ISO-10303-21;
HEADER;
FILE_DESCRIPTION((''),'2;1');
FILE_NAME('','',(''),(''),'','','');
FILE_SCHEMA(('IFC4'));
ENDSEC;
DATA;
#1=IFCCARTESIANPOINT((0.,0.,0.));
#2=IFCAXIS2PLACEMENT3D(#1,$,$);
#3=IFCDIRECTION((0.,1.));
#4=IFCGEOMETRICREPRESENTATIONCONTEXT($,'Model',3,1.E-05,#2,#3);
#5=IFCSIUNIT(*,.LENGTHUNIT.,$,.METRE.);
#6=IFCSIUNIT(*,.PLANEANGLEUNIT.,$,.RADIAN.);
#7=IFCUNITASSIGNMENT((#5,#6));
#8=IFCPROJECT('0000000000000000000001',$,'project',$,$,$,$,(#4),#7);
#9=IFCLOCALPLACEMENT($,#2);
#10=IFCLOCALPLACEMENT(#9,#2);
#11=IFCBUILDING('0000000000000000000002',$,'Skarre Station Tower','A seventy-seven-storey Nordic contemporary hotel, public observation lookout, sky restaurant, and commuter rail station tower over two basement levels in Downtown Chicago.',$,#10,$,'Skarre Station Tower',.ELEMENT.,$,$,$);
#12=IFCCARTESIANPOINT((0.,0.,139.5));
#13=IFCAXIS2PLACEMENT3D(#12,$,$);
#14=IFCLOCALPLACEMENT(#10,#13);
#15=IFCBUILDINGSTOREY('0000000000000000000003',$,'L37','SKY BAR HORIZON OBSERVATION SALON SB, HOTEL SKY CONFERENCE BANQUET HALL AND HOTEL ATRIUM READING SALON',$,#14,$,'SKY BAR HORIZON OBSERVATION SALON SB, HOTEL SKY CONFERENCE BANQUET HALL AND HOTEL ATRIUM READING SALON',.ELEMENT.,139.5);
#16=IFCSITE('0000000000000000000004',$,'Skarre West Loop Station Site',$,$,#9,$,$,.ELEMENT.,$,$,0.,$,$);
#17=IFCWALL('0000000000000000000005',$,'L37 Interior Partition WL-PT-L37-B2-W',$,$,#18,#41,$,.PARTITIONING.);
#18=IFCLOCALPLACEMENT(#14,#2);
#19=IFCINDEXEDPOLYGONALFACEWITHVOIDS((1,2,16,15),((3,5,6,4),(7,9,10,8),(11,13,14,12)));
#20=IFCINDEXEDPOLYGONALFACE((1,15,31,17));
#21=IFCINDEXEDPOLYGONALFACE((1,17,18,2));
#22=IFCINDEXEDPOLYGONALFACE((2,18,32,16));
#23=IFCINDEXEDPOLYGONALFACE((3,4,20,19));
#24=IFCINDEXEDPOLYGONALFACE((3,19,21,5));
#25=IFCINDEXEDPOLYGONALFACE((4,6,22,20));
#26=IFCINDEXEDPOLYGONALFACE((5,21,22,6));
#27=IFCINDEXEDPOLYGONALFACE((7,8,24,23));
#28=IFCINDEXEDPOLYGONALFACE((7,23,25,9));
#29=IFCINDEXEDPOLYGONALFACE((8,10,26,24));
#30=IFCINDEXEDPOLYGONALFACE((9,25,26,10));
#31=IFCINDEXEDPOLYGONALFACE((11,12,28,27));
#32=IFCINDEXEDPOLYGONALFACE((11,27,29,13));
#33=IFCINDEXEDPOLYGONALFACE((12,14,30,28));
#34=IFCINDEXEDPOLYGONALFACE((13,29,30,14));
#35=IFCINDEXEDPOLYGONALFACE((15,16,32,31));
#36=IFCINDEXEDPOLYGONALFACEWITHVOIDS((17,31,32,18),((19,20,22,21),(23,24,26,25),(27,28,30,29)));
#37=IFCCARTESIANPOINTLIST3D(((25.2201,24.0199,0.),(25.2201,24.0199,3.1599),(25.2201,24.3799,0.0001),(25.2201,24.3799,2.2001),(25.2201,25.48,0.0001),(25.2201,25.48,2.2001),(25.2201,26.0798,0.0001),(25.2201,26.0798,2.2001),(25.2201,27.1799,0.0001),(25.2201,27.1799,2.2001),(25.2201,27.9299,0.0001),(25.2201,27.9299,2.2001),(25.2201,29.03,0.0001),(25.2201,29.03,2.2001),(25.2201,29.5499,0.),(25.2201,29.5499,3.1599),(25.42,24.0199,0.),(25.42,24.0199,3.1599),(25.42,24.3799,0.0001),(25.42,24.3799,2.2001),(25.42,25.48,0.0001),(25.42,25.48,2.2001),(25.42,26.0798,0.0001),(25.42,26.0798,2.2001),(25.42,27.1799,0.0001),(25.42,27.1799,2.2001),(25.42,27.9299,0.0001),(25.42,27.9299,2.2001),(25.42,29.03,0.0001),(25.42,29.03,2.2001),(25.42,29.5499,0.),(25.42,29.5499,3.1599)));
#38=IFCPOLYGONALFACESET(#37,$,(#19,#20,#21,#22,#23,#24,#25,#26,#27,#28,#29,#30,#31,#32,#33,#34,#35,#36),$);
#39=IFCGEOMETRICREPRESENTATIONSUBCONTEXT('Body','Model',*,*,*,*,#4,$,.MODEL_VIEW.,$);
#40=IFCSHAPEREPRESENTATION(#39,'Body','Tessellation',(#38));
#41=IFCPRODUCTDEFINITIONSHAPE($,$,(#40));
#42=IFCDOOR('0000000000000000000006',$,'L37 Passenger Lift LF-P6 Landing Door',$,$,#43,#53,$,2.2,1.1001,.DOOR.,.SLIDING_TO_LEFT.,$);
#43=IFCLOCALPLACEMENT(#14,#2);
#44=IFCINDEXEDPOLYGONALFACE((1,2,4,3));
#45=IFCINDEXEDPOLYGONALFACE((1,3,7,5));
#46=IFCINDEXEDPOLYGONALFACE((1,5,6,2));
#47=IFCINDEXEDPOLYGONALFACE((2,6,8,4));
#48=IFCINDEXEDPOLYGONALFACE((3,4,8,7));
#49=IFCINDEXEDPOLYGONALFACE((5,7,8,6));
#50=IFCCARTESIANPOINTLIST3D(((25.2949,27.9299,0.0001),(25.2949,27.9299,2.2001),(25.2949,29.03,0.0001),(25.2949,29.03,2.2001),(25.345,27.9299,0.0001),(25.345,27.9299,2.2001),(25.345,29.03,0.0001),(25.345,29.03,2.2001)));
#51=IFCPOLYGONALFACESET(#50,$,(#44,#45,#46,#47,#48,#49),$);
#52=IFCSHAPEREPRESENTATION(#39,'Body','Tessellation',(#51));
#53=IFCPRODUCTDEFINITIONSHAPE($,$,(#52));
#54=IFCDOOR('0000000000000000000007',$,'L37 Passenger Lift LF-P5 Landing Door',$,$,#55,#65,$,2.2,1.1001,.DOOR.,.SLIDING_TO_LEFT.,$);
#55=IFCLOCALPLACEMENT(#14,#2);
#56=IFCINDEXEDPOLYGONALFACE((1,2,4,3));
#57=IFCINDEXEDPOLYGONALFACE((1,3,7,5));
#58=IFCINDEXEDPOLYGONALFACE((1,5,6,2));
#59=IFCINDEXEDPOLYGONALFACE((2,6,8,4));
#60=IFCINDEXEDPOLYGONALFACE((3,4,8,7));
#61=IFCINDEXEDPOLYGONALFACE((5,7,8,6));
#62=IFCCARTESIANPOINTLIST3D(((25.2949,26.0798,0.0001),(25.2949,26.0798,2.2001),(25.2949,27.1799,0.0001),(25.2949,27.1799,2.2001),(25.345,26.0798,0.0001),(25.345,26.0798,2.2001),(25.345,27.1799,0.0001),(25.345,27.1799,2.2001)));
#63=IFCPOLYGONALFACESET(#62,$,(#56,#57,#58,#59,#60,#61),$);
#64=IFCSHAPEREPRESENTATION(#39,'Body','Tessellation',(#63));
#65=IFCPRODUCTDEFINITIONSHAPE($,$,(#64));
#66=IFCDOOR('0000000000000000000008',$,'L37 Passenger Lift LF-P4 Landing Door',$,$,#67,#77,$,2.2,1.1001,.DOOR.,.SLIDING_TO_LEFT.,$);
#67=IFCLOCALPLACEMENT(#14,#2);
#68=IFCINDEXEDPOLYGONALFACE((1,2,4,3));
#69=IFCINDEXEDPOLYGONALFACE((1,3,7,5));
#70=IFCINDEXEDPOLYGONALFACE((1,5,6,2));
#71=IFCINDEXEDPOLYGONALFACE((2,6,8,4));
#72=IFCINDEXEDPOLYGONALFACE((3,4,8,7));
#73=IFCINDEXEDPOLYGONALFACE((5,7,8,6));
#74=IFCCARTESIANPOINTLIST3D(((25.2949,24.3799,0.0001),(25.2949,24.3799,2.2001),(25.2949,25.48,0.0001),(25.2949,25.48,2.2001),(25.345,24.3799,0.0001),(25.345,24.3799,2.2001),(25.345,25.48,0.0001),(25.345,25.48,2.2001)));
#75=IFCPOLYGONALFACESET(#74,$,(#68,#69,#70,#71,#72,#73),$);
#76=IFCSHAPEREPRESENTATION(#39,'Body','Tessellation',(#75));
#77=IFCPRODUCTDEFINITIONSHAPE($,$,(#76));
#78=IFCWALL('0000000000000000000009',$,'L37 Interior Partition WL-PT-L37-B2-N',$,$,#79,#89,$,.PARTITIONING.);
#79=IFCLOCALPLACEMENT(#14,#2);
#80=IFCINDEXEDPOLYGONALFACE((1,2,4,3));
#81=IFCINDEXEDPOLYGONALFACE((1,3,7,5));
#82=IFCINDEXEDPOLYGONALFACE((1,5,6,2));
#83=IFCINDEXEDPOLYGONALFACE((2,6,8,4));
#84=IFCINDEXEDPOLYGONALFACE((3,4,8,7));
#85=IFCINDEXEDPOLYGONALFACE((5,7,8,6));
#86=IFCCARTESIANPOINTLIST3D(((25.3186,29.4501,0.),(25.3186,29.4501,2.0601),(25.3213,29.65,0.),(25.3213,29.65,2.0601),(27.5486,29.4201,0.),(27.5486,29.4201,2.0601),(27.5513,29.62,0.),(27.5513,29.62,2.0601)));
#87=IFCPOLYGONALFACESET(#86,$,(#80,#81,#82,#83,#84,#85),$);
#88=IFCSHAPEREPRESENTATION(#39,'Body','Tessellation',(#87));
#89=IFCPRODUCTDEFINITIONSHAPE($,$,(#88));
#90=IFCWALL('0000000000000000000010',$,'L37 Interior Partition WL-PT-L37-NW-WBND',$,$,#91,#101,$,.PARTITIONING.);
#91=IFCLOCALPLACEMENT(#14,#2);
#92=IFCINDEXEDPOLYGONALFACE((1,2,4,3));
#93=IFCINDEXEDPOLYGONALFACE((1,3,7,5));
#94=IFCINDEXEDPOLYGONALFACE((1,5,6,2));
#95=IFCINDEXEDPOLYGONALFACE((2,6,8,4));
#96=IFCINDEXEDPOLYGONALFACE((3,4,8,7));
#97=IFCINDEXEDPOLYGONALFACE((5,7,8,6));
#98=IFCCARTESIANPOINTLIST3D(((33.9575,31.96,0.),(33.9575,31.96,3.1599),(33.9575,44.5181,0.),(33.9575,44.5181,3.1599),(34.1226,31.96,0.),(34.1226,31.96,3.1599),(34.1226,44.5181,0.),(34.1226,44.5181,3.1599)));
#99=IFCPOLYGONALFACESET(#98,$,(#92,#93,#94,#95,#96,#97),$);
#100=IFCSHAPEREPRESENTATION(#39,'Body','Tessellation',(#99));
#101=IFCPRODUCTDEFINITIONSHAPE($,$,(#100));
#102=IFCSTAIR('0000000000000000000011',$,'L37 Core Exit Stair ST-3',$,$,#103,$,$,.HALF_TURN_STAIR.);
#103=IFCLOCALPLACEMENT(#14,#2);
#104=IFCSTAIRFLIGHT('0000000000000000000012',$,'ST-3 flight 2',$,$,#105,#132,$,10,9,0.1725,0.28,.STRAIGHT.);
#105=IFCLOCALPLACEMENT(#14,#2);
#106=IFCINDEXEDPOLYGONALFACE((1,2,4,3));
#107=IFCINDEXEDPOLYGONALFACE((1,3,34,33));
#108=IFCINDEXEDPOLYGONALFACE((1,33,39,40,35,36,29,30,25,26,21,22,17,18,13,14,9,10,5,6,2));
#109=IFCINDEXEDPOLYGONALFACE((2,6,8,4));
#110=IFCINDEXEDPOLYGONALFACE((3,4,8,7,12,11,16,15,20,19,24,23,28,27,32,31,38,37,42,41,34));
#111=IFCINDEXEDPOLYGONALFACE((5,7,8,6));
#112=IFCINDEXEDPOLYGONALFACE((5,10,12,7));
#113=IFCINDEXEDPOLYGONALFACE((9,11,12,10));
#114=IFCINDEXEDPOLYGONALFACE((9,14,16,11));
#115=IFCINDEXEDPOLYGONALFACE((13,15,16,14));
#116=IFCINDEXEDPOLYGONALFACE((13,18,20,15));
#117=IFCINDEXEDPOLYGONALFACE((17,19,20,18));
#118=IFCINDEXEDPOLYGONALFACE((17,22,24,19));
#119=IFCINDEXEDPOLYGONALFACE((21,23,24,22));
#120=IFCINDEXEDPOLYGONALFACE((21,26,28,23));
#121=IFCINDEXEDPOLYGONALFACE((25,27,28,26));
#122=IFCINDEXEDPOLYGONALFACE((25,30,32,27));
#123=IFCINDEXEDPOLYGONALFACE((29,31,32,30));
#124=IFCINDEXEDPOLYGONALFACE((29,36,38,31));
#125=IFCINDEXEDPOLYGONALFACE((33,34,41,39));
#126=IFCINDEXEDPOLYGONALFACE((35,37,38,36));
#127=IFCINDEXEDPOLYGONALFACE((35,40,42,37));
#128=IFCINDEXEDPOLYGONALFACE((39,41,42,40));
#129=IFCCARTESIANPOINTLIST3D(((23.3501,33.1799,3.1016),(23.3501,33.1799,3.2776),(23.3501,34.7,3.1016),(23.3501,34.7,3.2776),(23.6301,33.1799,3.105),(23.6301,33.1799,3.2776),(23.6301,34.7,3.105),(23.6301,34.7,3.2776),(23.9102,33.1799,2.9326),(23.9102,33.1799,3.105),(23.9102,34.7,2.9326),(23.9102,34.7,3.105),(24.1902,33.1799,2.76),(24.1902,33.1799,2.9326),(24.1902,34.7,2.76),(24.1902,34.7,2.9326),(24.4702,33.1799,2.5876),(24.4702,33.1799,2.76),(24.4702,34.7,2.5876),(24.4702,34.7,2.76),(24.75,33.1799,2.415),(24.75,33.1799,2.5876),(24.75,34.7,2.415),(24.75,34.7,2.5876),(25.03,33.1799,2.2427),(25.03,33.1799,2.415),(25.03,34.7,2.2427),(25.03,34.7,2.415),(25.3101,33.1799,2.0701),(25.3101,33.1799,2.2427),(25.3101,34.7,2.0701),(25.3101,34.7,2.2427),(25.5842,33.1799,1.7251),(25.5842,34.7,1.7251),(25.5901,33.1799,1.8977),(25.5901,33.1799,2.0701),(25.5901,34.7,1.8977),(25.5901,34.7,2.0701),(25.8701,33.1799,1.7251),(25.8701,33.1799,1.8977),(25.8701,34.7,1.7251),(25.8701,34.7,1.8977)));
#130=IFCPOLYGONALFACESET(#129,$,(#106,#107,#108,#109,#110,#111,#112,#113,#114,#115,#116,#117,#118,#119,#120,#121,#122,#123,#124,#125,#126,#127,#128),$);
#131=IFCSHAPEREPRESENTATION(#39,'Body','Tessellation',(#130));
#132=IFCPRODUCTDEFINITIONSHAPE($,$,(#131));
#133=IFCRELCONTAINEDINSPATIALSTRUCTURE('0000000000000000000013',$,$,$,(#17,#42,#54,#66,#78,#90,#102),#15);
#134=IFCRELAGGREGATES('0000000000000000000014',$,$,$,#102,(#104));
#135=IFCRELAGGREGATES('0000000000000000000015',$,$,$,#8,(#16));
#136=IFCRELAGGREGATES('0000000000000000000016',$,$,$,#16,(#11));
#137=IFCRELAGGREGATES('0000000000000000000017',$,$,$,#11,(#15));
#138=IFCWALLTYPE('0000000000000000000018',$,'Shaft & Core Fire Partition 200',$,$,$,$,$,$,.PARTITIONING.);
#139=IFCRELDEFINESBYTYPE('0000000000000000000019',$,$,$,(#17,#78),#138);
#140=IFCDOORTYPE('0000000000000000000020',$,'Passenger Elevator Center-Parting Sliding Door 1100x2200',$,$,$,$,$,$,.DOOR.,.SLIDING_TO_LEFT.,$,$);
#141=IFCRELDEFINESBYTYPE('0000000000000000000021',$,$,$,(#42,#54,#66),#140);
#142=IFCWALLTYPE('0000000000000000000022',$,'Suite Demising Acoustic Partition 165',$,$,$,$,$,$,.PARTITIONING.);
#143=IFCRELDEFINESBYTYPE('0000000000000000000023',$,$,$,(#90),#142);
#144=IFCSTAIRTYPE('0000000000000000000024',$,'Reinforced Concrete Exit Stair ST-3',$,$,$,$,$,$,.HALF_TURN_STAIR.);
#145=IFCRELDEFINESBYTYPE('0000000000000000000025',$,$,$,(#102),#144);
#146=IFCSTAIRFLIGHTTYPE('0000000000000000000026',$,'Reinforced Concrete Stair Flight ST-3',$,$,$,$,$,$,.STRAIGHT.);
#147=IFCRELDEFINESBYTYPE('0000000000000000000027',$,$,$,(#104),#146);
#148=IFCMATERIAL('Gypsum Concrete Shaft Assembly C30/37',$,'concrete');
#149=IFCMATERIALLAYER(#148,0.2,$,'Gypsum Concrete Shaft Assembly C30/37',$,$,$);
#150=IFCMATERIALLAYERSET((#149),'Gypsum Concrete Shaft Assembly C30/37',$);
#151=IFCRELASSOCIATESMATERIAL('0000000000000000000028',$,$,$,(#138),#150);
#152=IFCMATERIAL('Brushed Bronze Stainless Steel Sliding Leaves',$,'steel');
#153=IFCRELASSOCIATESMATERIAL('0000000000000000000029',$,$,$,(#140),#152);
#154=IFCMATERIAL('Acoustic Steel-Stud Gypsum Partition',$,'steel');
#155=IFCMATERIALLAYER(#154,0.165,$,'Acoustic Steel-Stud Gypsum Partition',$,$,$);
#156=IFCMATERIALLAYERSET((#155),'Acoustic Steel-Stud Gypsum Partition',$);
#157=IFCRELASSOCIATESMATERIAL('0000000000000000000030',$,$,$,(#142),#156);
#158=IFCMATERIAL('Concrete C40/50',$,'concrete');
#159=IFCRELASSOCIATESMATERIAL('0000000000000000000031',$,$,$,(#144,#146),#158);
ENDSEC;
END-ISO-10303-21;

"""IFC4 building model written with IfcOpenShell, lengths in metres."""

from ifc_helpers import new_model, si_unit, direction, frame, frame_2d, origin, place, context, subcontext, project, spatial, polyline, rectangle, outline, extrude, material, layer, layer_set, type_object, element, fill, aggregate, save


model = new_model("IFC4")

# Units and contexts
model_context = context("Model", 3, precision=1e-05, world=origin(), true_north=direction((0.0, 1.0)))
body_context = subcontext(model_context, "Body", "Model", "MODEL_VIEW")
ifc_project = project(units=[si_unit("LENGTHUNIT", "METRE"), si_unit("PLANEANGLEUNIT", "RADIAN")], contexts=[model_context])

# Site, building, storey
site_placement = place(None, origin())
site = spatial("IfcSite", under=ifc_project, at=site_placement, Name="Skarre West Loop Station Site", CompositionType="ELEMENT", RefElevation=0.0)
building_placement = place(site_placement, origin())
building = spatial("IfcBuilding", under=site, at=building_placement, Name="Skarre Station Tower", Description="A seventy-seven-storey Nordic contemporary hotel, public observation lookout, sky restaurant, and commuter rail station tower over two basement levels in Downtown Chicago.", LongName="Skarre Station Tower", CompositionType="ELEMENT")
storey_placement = place(building_placement, frame((0.0, 0.0, 139.5)))
storey = spatial("IfcBuildingStorey", under=building, at=storey_placement, Name="L37", Description="SKY BAR HORIZON OBSERVATION SALON SB, HOTEL SKY CONFERENCE BANQUET HALL AND HOTEL ATRIUM READING SALON", LongName="SKY BAR HORIZON OBSERVATION SALON SB, HOTEL SKY CONFERENCE BANQUET HALL AND HOTEL ATRIUM READING SALON", CompositionType="ELEMENT", Elevation=139.5)

# Shared definitions
ifc_material_1 = material(Name="Gypsum Concrete Shaft Assembly C30/37", Category="concrete")
ifc_layer_1 = layer(ifc_material_1, 0.2, Name="Gypsum Concrete Shaft Assembly C30/37")
ifc_layer_set_1 = layer_set([ifc_layer_1], Name="Gypsum Concrete Shaft Assembly C30/37")
wall_type_1 = type_object("IfcWallType", Name="Shaft & Core Fire Partition 200", PredefinedType="PARTITIONING", material=ifc_layer_set_1)

# Wall, openings, doors
wall_1_placement = place(storey_placement, frame((25.3201, 29.55, 0.0), z_axis=(0.0, 0.0, 1.0), x_axis=(0.0, -1.0, 0.0)))
wall_1 = element("IfcWall", 1, at=wall_1_placement, inside=storey, type_object=wall_type_1, Name="L37 Interior Partition WL-PT-L37-B2-W", PredefinedType="PARTITIONING", context=body_context, shape_type="SweptSolid", body=[
    extrude(rectangle(XDim=5.53, YDim=0.2, at=frame_2d((2.7651, 0.0))), origin(), (0.0, 0.0, 1.0), 3.1599),
])
opening_1_placement = place(wall_1_placement, frame((0.52, 0.0, 0.0)))
opening_1 = element("IfcOpeningElement", 2, at=opening_1_placement, cuts=wall_1, PredefinedType="OPENING", context=body_context, shape_type="SweptSolid", body=[
    extrude(rectangle(XDim=1.1001, YDim=2.2, at=frame_2d((0.55, 1.1001))), frame((0.0, 0.1099, 0.0), z_axis=(0.0, -1.0, 0.0), x_axis=(1.0, 0.0, 0.0)), (0.0, 0.0, 1.0), 0.22),
])
opening_2_placement = place(wall_1_placement, frame((2.3701, 0.0, 0.0)))
opening_2 = element("IfcOpeningElement", 3, at=opening_2_placement, cuts=wall_1, PredefinedType="OPENING", context=body_context, shape_type="SweptSolid", body=[
    extrude(rectangle(XDim=1.1001, YDim=2.2, at=frame_2d((0.55, 1.1001))), frame((0.0, 0.1099, 0.0), z_axis=(0.0, -1.0, 0.0), x_axis=(1.0, 0.0, 0.0)), (0.0, 0.0, 1.0), 0.22),
])
opening_3_placement = place(wall_1_placement, frame((4.0701, 0.0, 0.0)))
opening_3 = element("IfcOpeningElement", 4, at=opening_3_placement, cuts=wall_1, PredefinedType="OPENING", context=body_context, shape_type="SweptSolid", body=[
    extrude(rectangle(XDim=1.1001, YDim=2.2, at=frame_2d((0.55, 1.1001))), frame((0.0, 0.1099, 0.0), z_axis=(0.0, -1.0, 0.0), x_axis=(1.0, 0.0, 0.0)), (0.0, 0.0, 1.0), 0.22),
])
ifc_material_2 = material(Name="Brushed Bronze Stainless Steel Sliding Leaves", Category="steel")
door_type = type_object("IfcDoorType", Name="Passenger Elevator Center-Parting Sliding Door 1100x2200", OperationType="SLIDING_TO_LEFT", PredefinedType="DOOR", material=ifc_material_2)
door_1_placement = place(opening_1_placement, origin())
door_1 = element("IfcDoor", 5, at=door_1_placement, inside=storey, type_object=door_type, Name="L37 Passenger Lift LF-P6 Landing Door", OperationType="SLIDING_TO_LEFT", OverallHeight=2.2, OverallWidth=1.1001, PredefinedType="DOOR", context=body_context, shape_type="SweptSolid", body=[
    extrude(rectangle(XDim=1.1001, YDim=2.2, at=frame_2d((0.55, 1.1001))), frame((0.0, 0.0249, 0.0), z_axis=(0.0, -1.0, 0.0), x_axis=(1.0, 0.0, 0.0)), (0.0, 0.0, 1.0), 0.05),
])
fill(opening_1, door_1)
door_2_placement = place(opening_2_placement, origin())
door_2 = element("IfcDoor", 6, at=door_2_placement, inside=storey, type_object=door_type, Name="L37 Passenger Lift LF-P5 Landing Door", OperationType="SLIDING_TO_LEFT", OverallHeight=2.2, OverallWidth=1.1001, PredefinedType="DOOR", context=body_context, shape_type="SweptSolid", body=[
    extrude(rectangle(XDim=1.1001, YDim=2.2, at=frame_2d((0.55, 1.1001))), frame((0.0, 0.0249, 0.0), z_axis=(0.0, -1.0, 0.0), x_axis=(1.0, 0.0, 0.0)), (0.0, 0.0, 1.0), 0.05),
])
fill(opening_2, door_2)
door_3_placement = place(opening_3_placement, origin())
door_3 = element("IfcDoor", 7, at=door_3_placement, inside=storey, type_object=door_type, Name="L37 Passenger Lift LF-P4 Landing Door", OperationType="SLIDING_TO_LEFT", OverallHeight=2.2, OverallWidth=1.1001, PredefinedType="DOOR", context=body_context, shape_type="SweptSolid", body=[
    extrude(rectangle(XDim=1.1001, YDim=2.2, at=frame_2d((0.55, 1.1001))), frame((0.0, 0.0249, 0.0), z_axis=(0.0, -1.0, 0.0), x_axis=(1.0, 0.0, 0.0)), (0.0, 0.0, 1.0), 0.05),
])
fill(opening_3, door_3)

# Walls
wall_2_placement = place(storey_placement, frame((27.55, 29.52, 0.0), z_axis=(0.0, 0.0, 1.0), x_axis=(-0.999909, 0.013465, 0.0)))
element("IfcWall", 8, at=wall_2_placement, inside=storey, type_object=wall_type_1, Name="L37 Interior Partition WL-PT-L37-B2-N", PredefinedType="PARTITIONING", context=body_context, shape_type="SweptSolid", body=[
    extrude(rectangle(XDim=2.2302, YDim=0.2, at=frame_2d((1.1152, 0.0))), origin(), (0.0, 0.0, 1.0), 2.0601),
])
ifc_material_3 = material(Name="Acoustic Steel-Stud Gypsum Partition", Category="steel")
ifc_layer_2 = layer(ifc_material_3, 0.165, Name="Acoustic Steel-Stud Gypsum Partition")
ifc_layer_set_2 = layer_set([ifc_layer_2], Name="Acoustic Steel-Stud Gypsum Partition")
wall_type_2 = type_object("IfcWallType", Name="Suite Demising Acoustic Partition 165", PredefinedType="PARTITIONING", material=ifc_layer_set_2)
wall_3_placement = place(storey_placement, frame((34.04, 31.96, 0.0), z_axis=(0.0, 0.0, 1.0), x_axis=(0.0, 1.0, 0.0)))
element("IfcWall", 9, at=wall_3_placement, inside=storey, type_object=wall_type_2, Name="L37 Interior Partition WL-PT-L37-NW-WBND", PredefinedType="PARTITIONING", context=body_context, shape_type="SweptSolid", body=[
    extrude(rectangle(XDim=12.5581, YDim=0.165, at=frame_2d((6.2791, 0.0))), origin(), (0.0, 0.0, 1.0), 3.1599),
])

# Stair, stair flight
ifc_material_4 = material(Name="Concrete C40/50", Category="concrete")
stair_type = type_object("IfcStairType", Name="Reinforced Concrete Exit Stair ST-3", PredefinedType="HALF_TURN_STAIR", material=ifc_material_4)
stair_placement = place(storey_placement, origin())
stair = element("IfcStair", 10, at=stair_placement, inside=storey, type_object=stair_type, Name="L37 Core Exit Stair ST-3", PredefinedType="HALF_TURN_STAIR")
stair_flight_type = type_object("IfcStairFlightType", Name="Reinforced Concrete Stair Flight ST-3", PredefinedType="STRAIGHT", material=ifc_material_4)
stair_flight_placement = place(storey_placement, frame((25.8701, 33.9399, 1.7251), z_axis=(0.0, 0.0, 1.0), x_axis=(-1.0, 0.0, 0.0)))
stair_flight = element("IfcStairFlight", 11, at=stair_flight_placement, type_object=stair_flight_type, Name="ST-3 flight 2", NumberOfRisers=10, NumberOfTreads=9, PredefinedType="STRAIGHT", RiserHeight=0.1725, TreadLength=0.28, context=body_context, shape_type="SweptSolid", body=[
    extrude(outline(polyline([(0.0, 0.0), (0.0, 0.1726), (0.28, 0.1726), (0.28, 0.345), (0.5601, 0.345), (0.5601, 0.5176), (0.8401, 0.5176), (0.8401, 0.6899), (1.1201, 0.6899), (1.1201, 0.8625), (1.3999, 0.8625), (1.3999, 1.0349), (1.6799, 1.0349), (1.6799, 1.2075), (1.96, 1.2075), (1.96, 1.3799), (2.24, 1.3799), (2.24, 1.5525), (2.52, 1.5525), (2.52, 1.7251), (2.52, 1.3765), (0.2859, 0.0), (0.0, 0.0)])), frame((0.0, 0.76, 0.0), z_axis=(0.0, -1.0, 0.0), x_axis=(1.0, 0.0, 0.0)), (0.0, 0.0, 1.0), 1.52),
])
aggregate(stair, [stair_flight])

save(model, "model.ifc")
